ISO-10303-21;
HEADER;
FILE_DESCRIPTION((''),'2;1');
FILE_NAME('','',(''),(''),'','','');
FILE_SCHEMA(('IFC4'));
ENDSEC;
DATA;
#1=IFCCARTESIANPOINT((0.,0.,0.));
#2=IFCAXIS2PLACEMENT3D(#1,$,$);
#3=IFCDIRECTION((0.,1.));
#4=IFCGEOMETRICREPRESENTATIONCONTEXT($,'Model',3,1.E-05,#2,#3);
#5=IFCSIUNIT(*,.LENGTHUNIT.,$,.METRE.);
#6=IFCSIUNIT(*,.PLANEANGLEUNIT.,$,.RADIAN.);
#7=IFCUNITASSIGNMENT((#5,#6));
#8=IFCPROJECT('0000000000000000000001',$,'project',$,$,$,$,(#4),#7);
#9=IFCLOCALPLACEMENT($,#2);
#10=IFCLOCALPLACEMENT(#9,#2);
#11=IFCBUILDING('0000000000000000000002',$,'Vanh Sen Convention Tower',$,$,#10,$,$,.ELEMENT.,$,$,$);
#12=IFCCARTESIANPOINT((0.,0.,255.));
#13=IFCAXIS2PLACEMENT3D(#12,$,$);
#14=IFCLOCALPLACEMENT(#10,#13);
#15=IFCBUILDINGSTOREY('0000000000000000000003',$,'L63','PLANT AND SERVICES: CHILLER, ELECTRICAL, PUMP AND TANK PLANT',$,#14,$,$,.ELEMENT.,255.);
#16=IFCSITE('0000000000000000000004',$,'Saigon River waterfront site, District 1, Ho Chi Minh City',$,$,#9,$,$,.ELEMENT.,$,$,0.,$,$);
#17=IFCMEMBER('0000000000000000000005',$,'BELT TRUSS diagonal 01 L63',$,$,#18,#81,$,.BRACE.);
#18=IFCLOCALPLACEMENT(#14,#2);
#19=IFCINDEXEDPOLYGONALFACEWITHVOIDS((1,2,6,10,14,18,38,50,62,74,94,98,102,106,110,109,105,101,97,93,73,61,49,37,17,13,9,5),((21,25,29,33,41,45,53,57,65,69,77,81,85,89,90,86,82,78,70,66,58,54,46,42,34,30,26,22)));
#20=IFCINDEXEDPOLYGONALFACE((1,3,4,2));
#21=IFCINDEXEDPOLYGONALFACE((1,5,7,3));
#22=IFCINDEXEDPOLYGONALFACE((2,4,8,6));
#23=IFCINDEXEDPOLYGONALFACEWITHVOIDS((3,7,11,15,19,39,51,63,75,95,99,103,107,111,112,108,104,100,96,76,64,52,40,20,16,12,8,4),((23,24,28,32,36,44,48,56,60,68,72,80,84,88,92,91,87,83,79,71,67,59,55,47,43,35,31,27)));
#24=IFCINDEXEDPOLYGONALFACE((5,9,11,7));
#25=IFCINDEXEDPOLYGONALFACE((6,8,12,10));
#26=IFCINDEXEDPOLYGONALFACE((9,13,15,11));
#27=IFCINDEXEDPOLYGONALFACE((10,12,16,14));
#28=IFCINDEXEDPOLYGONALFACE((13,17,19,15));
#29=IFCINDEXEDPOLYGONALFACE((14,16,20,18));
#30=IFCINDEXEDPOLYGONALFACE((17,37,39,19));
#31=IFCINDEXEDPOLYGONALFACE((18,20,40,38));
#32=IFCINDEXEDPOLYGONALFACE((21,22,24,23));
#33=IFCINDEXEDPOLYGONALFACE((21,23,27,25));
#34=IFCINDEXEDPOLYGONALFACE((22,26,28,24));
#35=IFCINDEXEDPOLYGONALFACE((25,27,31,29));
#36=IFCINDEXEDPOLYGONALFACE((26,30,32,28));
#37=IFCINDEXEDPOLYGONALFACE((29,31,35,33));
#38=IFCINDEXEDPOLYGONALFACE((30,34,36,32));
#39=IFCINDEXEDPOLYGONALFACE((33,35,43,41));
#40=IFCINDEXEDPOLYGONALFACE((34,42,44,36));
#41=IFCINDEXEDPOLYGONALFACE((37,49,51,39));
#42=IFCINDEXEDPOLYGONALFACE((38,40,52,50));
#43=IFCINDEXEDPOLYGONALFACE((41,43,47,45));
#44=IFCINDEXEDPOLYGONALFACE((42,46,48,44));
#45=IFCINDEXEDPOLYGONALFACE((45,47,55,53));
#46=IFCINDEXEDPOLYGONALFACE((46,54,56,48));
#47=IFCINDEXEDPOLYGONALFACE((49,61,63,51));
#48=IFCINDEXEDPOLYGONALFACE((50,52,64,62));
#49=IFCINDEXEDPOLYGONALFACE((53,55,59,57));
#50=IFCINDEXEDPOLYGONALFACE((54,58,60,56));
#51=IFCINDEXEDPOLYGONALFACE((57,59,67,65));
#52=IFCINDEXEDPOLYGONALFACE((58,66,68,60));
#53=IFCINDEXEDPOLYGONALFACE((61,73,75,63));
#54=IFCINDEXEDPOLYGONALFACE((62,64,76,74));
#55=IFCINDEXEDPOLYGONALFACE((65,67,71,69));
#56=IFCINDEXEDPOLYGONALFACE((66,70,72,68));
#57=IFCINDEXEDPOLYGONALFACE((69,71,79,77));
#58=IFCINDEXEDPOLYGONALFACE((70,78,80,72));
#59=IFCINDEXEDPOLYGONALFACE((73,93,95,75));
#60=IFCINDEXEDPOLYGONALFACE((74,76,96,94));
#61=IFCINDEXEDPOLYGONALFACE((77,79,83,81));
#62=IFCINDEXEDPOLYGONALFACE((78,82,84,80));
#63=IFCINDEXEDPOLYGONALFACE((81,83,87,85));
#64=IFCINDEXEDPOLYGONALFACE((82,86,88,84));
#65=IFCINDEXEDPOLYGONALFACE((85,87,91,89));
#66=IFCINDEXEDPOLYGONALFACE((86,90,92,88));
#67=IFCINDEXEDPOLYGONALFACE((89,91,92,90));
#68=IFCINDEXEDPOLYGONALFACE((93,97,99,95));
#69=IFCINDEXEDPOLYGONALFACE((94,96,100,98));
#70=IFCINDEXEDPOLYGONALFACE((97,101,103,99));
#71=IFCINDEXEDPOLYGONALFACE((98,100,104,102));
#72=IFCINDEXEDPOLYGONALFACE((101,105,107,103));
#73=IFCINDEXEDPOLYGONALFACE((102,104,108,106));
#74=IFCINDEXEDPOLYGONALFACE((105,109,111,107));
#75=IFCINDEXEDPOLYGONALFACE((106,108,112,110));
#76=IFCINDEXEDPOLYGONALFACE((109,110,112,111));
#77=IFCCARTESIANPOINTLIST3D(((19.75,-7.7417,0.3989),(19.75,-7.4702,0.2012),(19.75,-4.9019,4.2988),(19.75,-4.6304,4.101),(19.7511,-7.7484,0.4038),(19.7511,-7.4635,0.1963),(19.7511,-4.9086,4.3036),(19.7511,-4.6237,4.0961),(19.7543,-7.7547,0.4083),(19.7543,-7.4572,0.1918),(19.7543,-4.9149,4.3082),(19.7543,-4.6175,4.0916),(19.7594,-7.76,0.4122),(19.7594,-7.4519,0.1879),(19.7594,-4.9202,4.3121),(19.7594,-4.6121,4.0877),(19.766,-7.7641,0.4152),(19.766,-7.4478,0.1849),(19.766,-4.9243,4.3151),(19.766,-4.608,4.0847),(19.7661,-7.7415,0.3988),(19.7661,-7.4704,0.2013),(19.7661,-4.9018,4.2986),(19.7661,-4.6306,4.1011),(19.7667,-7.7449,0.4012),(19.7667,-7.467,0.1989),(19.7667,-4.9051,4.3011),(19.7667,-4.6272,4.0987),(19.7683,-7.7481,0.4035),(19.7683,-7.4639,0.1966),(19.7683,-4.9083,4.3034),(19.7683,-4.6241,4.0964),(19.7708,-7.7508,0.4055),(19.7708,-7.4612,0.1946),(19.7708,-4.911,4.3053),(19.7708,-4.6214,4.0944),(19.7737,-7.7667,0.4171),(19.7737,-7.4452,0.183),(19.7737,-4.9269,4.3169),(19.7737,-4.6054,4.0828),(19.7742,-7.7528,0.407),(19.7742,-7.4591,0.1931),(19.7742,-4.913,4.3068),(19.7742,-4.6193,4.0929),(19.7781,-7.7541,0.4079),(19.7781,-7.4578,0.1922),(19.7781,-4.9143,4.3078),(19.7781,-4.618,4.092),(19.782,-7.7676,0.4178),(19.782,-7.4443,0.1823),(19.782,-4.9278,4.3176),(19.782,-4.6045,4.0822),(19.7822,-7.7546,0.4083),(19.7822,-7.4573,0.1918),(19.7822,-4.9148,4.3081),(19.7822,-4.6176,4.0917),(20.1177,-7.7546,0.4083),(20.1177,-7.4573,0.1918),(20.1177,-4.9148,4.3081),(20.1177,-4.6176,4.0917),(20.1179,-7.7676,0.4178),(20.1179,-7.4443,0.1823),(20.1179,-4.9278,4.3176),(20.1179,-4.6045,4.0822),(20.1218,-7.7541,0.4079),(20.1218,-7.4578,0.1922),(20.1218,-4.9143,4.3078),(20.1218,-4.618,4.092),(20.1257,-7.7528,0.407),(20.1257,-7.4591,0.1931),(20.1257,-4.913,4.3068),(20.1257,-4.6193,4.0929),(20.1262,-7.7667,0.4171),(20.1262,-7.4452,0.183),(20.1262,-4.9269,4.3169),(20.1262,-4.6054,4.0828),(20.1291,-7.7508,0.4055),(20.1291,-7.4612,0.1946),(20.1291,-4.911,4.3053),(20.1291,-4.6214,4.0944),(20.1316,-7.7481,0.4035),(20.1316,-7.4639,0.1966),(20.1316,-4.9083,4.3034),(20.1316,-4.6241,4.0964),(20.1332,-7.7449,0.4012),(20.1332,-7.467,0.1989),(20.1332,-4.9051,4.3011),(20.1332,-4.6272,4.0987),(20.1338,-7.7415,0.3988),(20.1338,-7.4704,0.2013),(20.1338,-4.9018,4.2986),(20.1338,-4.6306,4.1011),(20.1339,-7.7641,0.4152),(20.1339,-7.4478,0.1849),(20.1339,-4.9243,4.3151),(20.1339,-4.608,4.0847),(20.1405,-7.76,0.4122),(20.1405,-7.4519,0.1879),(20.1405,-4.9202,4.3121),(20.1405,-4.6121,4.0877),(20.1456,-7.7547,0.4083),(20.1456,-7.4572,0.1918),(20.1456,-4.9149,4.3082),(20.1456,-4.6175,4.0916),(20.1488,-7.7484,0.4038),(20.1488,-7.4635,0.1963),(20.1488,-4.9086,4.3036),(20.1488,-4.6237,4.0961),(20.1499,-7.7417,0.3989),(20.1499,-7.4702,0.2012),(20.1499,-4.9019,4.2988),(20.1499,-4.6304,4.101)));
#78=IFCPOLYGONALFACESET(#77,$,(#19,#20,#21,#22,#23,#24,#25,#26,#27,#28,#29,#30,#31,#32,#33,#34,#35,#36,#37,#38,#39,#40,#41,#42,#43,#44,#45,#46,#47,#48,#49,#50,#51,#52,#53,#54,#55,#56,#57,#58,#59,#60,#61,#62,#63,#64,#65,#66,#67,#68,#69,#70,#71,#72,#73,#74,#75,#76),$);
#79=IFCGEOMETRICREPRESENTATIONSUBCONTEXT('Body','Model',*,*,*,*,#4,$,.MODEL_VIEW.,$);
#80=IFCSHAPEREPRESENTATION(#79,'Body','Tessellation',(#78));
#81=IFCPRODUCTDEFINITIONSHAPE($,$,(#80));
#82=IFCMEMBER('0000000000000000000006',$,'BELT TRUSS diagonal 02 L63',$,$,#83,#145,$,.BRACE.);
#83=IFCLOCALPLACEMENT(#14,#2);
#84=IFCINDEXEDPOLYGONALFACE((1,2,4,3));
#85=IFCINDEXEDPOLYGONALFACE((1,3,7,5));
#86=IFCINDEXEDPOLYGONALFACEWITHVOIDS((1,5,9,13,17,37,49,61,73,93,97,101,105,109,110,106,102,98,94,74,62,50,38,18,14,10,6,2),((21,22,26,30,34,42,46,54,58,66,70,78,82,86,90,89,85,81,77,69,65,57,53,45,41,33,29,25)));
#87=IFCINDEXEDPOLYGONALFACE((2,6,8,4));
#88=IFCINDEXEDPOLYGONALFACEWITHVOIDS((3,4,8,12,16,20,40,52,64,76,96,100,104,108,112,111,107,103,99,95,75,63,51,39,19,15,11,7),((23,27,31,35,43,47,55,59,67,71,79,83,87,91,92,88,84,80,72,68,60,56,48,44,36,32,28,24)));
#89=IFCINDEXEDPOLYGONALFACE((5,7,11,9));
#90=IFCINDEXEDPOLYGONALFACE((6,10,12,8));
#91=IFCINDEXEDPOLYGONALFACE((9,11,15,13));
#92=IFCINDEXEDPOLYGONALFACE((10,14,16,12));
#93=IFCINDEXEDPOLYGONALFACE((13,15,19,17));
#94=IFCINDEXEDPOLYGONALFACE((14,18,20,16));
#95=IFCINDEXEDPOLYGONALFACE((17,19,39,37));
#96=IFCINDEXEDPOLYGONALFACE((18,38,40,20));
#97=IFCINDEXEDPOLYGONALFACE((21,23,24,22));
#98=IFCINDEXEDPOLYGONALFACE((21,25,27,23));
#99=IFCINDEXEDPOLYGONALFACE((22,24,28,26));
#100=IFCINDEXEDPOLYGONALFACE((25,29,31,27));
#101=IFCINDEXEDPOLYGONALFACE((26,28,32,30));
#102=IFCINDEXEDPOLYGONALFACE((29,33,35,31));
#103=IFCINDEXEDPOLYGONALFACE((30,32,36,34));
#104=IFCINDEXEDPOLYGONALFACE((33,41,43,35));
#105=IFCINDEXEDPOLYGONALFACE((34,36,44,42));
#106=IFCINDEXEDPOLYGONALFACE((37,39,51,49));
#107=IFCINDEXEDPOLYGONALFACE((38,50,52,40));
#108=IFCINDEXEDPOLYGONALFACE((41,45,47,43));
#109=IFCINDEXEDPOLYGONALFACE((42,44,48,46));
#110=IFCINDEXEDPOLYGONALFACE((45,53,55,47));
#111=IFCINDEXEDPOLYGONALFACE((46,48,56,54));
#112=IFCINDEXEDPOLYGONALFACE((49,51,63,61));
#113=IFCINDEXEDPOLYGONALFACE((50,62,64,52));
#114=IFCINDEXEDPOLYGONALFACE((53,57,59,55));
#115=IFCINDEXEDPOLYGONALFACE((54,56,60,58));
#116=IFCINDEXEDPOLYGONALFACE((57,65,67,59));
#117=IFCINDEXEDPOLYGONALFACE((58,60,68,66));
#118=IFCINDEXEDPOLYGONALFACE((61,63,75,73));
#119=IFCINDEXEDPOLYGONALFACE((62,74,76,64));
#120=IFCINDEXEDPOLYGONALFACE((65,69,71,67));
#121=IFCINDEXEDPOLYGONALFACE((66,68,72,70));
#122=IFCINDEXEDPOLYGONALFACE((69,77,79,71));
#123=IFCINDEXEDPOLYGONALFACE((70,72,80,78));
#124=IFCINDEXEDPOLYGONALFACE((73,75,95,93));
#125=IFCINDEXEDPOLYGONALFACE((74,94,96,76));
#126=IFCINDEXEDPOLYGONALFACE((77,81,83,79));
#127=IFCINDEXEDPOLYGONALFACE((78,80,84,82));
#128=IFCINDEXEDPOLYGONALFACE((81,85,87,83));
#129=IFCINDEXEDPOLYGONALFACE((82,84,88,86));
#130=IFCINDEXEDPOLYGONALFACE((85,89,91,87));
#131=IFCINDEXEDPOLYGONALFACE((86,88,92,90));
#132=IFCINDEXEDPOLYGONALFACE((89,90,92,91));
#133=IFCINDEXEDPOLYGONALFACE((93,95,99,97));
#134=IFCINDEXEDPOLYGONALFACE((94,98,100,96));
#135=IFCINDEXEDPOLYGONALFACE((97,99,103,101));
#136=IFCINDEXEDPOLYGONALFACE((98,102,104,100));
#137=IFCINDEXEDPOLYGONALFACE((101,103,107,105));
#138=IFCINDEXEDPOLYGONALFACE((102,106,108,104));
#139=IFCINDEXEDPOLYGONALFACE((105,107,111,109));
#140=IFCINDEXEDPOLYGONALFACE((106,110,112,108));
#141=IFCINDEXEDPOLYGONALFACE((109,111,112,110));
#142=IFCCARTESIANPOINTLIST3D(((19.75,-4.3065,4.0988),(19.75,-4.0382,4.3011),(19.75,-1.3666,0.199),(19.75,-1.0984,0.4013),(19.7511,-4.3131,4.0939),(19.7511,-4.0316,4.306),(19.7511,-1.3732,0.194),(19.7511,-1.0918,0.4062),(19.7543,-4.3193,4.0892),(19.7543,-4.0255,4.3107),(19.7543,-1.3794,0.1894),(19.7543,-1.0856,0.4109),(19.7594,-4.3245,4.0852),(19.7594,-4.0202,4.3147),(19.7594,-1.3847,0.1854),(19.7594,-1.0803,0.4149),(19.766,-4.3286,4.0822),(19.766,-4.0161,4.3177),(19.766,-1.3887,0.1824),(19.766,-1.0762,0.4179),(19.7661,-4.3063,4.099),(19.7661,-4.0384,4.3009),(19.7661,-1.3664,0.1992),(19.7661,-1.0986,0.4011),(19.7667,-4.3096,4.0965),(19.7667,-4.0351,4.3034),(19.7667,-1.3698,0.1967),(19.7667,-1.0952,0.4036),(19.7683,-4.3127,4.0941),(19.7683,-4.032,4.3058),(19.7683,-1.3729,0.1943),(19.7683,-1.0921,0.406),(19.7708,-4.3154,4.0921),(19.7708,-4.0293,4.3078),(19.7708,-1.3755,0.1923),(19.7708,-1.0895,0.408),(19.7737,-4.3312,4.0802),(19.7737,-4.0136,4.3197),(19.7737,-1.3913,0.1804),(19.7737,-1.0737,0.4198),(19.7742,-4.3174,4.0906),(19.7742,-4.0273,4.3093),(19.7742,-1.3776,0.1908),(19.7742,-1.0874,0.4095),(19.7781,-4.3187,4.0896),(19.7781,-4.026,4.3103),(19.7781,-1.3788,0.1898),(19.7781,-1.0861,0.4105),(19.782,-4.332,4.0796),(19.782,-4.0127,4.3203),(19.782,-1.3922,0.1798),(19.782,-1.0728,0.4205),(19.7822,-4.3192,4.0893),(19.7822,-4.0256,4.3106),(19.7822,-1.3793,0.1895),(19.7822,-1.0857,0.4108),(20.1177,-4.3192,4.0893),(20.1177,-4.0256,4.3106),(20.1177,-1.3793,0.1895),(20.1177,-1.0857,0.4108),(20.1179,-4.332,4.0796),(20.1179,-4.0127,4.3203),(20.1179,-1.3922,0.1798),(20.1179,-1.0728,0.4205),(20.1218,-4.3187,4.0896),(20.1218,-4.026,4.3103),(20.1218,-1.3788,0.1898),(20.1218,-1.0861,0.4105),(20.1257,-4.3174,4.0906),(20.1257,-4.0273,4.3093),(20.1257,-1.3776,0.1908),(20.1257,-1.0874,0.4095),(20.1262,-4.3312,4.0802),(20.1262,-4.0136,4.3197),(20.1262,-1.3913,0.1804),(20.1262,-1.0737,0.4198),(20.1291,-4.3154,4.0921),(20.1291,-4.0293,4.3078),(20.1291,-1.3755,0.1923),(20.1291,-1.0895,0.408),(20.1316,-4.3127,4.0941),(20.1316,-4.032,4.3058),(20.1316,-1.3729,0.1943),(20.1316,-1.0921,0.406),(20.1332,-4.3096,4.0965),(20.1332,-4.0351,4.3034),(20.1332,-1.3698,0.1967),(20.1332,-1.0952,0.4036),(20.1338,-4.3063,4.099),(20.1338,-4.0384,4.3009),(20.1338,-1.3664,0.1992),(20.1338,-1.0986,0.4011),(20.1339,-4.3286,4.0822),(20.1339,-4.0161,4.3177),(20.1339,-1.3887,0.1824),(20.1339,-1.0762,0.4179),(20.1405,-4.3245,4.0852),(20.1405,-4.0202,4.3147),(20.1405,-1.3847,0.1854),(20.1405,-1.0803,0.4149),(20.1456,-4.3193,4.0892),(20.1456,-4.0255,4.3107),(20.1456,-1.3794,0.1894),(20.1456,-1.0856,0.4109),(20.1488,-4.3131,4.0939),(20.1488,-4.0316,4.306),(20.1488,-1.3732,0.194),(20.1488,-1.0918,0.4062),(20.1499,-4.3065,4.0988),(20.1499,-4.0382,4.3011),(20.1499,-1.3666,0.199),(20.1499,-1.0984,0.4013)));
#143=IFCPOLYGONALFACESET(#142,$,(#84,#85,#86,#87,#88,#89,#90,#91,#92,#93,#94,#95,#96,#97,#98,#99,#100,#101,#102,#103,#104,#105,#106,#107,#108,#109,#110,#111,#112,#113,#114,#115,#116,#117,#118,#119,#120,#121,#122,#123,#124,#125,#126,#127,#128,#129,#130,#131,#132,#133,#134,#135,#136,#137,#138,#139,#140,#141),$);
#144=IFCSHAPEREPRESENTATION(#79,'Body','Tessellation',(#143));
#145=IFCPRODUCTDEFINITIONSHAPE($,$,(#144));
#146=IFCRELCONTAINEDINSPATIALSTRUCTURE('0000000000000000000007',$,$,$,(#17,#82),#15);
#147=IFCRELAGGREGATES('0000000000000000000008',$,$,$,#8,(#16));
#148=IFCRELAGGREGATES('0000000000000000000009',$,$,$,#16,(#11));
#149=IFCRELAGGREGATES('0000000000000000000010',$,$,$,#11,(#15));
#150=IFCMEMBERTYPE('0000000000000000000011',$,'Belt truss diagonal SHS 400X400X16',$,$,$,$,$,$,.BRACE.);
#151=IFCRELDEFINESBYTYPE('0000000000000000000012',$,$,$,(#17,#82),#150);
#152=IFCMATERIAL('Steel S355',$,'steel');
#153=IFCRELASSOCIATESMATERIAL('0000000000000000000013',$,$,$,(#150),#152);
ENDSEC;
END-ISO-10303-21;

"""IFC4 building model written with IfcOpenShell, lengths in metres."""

from ifc_helpers import new_model, si_unit, direction, frame, origin, origin_2d, place, context, subcontext, project, spatial, hollow_rectangle, extrude, material, material_profile, profile_set, type_object, element, save


model = new_model("IFC4")

# Units and contexts
model_context = context("Model", 3, precision=1e-05, world=origin(), true_north=direction((0.0, 1.0)))
body_context = subcontext(model_context, "Body", "Model", "MODEL_VIEW")
ifc_project = project(units=[si_unit("LENGTHUNIT", "METRE"), si_unit("PLANEANGLEUNIT", "RADIAN")], contexts=[model_context])

# Site, building, storey
site_placement = place(None, origin())
site = spatial("IfcSite", under=ifc_project, at=site_placement, Name="Saigon River waterfront site, District 1, Ho Chi Minh City", CompositionType="ELEMENT", RefElevation=0.0)
building_placement = place(site_placement, origin())
building = spatial("IfcBuilding", under=site, at=building_placement, Name="Vanh Sen Convention Tower", CompositionType="ELEMENT")
storey_placement = place(building_placement, frame((0.0, 0.0, 255.0)))
storey = spatial("IfcBuildingStorey", under=building, at=storey_placement, Name="L63", Description="PLANT AND SERVICES: CHILLER, ELECTRICAL, PUMP AND TANK PLANT", CompositionType="ELEMENT", Elevation=255.0)

# Members
ifc_material_1 = material(Name="Steel S355", Category="steel")
ifc_material_profile_1 = material_profile(ifc_material_1, hollow_rectangle(XDim=0.3999, YDim=0.3999, WallThickness=0.0161, InnerFilletRadius=0.0161, OuterFilletRadius=0.032, at=origin_2d()), Name="SHS 400X400X16")
ifc_profile_set_1 = profile_set([ifc_material_profile_1], Name="Steel S355")
member_type_1 = type_object("IfcMemberType", Name="Belt truss diagonal SHS 400X400X16", PredefinedType="BRACE", material=ifc_profile_set_1)
member_1_placement = place(storey_placement, frame((19.95, -7.606, 0.3), z_axis=(0.0, 0.588653, 0.808386), x_axis=(-1.0, 0.0, 0.0)))
element("IfcMember", 1, at=member_1_placement, inside=storey, type_object=member_type_1, Name="BELT TRUSS diagonal 01 L63", PredefinedType="BRACE", context=body_context, shape_type="SweptSolid", body=[
    extrude(hollow_rectangle(XDim=0.3999, YDim=0.3999, WallThickness=0.0161, InnerFilletRadius=0.0161, OuterFilletRadius=0.032, at=origin_2d()), origin(), (0.0, 0.0, 1.0), 4.8242),
])
for number, where, z_axis, x_axis, name in (
    (2, (19.95, -4.1724, 4.2), (0.0, 0.601966, -0.798522), (-1.0, 0.0, 0.0), "BELT TRUSS diagonal 02 L63"),
):
    element("IfcMember", number, at=place(storey_placement, frame(where, z_axis=z_axis, x_axis=x_axis)), inside=storey, type_object=member_type_1, Name=name, PredefinedType="BRACE", context=body_context, shape_type="SweptSolid", body=[
        extrude(hollow_rectangle(XDim=0.3999, YDim=0.3999, WallThickness=0.0161, InnerFilletRadius=0.0161, OuterFilletRadius=0.032, at=origin_2d()), origin(), (0.0, 0.0, 1.0), 4.8838),
    ])

save(model, "model.ifc")
